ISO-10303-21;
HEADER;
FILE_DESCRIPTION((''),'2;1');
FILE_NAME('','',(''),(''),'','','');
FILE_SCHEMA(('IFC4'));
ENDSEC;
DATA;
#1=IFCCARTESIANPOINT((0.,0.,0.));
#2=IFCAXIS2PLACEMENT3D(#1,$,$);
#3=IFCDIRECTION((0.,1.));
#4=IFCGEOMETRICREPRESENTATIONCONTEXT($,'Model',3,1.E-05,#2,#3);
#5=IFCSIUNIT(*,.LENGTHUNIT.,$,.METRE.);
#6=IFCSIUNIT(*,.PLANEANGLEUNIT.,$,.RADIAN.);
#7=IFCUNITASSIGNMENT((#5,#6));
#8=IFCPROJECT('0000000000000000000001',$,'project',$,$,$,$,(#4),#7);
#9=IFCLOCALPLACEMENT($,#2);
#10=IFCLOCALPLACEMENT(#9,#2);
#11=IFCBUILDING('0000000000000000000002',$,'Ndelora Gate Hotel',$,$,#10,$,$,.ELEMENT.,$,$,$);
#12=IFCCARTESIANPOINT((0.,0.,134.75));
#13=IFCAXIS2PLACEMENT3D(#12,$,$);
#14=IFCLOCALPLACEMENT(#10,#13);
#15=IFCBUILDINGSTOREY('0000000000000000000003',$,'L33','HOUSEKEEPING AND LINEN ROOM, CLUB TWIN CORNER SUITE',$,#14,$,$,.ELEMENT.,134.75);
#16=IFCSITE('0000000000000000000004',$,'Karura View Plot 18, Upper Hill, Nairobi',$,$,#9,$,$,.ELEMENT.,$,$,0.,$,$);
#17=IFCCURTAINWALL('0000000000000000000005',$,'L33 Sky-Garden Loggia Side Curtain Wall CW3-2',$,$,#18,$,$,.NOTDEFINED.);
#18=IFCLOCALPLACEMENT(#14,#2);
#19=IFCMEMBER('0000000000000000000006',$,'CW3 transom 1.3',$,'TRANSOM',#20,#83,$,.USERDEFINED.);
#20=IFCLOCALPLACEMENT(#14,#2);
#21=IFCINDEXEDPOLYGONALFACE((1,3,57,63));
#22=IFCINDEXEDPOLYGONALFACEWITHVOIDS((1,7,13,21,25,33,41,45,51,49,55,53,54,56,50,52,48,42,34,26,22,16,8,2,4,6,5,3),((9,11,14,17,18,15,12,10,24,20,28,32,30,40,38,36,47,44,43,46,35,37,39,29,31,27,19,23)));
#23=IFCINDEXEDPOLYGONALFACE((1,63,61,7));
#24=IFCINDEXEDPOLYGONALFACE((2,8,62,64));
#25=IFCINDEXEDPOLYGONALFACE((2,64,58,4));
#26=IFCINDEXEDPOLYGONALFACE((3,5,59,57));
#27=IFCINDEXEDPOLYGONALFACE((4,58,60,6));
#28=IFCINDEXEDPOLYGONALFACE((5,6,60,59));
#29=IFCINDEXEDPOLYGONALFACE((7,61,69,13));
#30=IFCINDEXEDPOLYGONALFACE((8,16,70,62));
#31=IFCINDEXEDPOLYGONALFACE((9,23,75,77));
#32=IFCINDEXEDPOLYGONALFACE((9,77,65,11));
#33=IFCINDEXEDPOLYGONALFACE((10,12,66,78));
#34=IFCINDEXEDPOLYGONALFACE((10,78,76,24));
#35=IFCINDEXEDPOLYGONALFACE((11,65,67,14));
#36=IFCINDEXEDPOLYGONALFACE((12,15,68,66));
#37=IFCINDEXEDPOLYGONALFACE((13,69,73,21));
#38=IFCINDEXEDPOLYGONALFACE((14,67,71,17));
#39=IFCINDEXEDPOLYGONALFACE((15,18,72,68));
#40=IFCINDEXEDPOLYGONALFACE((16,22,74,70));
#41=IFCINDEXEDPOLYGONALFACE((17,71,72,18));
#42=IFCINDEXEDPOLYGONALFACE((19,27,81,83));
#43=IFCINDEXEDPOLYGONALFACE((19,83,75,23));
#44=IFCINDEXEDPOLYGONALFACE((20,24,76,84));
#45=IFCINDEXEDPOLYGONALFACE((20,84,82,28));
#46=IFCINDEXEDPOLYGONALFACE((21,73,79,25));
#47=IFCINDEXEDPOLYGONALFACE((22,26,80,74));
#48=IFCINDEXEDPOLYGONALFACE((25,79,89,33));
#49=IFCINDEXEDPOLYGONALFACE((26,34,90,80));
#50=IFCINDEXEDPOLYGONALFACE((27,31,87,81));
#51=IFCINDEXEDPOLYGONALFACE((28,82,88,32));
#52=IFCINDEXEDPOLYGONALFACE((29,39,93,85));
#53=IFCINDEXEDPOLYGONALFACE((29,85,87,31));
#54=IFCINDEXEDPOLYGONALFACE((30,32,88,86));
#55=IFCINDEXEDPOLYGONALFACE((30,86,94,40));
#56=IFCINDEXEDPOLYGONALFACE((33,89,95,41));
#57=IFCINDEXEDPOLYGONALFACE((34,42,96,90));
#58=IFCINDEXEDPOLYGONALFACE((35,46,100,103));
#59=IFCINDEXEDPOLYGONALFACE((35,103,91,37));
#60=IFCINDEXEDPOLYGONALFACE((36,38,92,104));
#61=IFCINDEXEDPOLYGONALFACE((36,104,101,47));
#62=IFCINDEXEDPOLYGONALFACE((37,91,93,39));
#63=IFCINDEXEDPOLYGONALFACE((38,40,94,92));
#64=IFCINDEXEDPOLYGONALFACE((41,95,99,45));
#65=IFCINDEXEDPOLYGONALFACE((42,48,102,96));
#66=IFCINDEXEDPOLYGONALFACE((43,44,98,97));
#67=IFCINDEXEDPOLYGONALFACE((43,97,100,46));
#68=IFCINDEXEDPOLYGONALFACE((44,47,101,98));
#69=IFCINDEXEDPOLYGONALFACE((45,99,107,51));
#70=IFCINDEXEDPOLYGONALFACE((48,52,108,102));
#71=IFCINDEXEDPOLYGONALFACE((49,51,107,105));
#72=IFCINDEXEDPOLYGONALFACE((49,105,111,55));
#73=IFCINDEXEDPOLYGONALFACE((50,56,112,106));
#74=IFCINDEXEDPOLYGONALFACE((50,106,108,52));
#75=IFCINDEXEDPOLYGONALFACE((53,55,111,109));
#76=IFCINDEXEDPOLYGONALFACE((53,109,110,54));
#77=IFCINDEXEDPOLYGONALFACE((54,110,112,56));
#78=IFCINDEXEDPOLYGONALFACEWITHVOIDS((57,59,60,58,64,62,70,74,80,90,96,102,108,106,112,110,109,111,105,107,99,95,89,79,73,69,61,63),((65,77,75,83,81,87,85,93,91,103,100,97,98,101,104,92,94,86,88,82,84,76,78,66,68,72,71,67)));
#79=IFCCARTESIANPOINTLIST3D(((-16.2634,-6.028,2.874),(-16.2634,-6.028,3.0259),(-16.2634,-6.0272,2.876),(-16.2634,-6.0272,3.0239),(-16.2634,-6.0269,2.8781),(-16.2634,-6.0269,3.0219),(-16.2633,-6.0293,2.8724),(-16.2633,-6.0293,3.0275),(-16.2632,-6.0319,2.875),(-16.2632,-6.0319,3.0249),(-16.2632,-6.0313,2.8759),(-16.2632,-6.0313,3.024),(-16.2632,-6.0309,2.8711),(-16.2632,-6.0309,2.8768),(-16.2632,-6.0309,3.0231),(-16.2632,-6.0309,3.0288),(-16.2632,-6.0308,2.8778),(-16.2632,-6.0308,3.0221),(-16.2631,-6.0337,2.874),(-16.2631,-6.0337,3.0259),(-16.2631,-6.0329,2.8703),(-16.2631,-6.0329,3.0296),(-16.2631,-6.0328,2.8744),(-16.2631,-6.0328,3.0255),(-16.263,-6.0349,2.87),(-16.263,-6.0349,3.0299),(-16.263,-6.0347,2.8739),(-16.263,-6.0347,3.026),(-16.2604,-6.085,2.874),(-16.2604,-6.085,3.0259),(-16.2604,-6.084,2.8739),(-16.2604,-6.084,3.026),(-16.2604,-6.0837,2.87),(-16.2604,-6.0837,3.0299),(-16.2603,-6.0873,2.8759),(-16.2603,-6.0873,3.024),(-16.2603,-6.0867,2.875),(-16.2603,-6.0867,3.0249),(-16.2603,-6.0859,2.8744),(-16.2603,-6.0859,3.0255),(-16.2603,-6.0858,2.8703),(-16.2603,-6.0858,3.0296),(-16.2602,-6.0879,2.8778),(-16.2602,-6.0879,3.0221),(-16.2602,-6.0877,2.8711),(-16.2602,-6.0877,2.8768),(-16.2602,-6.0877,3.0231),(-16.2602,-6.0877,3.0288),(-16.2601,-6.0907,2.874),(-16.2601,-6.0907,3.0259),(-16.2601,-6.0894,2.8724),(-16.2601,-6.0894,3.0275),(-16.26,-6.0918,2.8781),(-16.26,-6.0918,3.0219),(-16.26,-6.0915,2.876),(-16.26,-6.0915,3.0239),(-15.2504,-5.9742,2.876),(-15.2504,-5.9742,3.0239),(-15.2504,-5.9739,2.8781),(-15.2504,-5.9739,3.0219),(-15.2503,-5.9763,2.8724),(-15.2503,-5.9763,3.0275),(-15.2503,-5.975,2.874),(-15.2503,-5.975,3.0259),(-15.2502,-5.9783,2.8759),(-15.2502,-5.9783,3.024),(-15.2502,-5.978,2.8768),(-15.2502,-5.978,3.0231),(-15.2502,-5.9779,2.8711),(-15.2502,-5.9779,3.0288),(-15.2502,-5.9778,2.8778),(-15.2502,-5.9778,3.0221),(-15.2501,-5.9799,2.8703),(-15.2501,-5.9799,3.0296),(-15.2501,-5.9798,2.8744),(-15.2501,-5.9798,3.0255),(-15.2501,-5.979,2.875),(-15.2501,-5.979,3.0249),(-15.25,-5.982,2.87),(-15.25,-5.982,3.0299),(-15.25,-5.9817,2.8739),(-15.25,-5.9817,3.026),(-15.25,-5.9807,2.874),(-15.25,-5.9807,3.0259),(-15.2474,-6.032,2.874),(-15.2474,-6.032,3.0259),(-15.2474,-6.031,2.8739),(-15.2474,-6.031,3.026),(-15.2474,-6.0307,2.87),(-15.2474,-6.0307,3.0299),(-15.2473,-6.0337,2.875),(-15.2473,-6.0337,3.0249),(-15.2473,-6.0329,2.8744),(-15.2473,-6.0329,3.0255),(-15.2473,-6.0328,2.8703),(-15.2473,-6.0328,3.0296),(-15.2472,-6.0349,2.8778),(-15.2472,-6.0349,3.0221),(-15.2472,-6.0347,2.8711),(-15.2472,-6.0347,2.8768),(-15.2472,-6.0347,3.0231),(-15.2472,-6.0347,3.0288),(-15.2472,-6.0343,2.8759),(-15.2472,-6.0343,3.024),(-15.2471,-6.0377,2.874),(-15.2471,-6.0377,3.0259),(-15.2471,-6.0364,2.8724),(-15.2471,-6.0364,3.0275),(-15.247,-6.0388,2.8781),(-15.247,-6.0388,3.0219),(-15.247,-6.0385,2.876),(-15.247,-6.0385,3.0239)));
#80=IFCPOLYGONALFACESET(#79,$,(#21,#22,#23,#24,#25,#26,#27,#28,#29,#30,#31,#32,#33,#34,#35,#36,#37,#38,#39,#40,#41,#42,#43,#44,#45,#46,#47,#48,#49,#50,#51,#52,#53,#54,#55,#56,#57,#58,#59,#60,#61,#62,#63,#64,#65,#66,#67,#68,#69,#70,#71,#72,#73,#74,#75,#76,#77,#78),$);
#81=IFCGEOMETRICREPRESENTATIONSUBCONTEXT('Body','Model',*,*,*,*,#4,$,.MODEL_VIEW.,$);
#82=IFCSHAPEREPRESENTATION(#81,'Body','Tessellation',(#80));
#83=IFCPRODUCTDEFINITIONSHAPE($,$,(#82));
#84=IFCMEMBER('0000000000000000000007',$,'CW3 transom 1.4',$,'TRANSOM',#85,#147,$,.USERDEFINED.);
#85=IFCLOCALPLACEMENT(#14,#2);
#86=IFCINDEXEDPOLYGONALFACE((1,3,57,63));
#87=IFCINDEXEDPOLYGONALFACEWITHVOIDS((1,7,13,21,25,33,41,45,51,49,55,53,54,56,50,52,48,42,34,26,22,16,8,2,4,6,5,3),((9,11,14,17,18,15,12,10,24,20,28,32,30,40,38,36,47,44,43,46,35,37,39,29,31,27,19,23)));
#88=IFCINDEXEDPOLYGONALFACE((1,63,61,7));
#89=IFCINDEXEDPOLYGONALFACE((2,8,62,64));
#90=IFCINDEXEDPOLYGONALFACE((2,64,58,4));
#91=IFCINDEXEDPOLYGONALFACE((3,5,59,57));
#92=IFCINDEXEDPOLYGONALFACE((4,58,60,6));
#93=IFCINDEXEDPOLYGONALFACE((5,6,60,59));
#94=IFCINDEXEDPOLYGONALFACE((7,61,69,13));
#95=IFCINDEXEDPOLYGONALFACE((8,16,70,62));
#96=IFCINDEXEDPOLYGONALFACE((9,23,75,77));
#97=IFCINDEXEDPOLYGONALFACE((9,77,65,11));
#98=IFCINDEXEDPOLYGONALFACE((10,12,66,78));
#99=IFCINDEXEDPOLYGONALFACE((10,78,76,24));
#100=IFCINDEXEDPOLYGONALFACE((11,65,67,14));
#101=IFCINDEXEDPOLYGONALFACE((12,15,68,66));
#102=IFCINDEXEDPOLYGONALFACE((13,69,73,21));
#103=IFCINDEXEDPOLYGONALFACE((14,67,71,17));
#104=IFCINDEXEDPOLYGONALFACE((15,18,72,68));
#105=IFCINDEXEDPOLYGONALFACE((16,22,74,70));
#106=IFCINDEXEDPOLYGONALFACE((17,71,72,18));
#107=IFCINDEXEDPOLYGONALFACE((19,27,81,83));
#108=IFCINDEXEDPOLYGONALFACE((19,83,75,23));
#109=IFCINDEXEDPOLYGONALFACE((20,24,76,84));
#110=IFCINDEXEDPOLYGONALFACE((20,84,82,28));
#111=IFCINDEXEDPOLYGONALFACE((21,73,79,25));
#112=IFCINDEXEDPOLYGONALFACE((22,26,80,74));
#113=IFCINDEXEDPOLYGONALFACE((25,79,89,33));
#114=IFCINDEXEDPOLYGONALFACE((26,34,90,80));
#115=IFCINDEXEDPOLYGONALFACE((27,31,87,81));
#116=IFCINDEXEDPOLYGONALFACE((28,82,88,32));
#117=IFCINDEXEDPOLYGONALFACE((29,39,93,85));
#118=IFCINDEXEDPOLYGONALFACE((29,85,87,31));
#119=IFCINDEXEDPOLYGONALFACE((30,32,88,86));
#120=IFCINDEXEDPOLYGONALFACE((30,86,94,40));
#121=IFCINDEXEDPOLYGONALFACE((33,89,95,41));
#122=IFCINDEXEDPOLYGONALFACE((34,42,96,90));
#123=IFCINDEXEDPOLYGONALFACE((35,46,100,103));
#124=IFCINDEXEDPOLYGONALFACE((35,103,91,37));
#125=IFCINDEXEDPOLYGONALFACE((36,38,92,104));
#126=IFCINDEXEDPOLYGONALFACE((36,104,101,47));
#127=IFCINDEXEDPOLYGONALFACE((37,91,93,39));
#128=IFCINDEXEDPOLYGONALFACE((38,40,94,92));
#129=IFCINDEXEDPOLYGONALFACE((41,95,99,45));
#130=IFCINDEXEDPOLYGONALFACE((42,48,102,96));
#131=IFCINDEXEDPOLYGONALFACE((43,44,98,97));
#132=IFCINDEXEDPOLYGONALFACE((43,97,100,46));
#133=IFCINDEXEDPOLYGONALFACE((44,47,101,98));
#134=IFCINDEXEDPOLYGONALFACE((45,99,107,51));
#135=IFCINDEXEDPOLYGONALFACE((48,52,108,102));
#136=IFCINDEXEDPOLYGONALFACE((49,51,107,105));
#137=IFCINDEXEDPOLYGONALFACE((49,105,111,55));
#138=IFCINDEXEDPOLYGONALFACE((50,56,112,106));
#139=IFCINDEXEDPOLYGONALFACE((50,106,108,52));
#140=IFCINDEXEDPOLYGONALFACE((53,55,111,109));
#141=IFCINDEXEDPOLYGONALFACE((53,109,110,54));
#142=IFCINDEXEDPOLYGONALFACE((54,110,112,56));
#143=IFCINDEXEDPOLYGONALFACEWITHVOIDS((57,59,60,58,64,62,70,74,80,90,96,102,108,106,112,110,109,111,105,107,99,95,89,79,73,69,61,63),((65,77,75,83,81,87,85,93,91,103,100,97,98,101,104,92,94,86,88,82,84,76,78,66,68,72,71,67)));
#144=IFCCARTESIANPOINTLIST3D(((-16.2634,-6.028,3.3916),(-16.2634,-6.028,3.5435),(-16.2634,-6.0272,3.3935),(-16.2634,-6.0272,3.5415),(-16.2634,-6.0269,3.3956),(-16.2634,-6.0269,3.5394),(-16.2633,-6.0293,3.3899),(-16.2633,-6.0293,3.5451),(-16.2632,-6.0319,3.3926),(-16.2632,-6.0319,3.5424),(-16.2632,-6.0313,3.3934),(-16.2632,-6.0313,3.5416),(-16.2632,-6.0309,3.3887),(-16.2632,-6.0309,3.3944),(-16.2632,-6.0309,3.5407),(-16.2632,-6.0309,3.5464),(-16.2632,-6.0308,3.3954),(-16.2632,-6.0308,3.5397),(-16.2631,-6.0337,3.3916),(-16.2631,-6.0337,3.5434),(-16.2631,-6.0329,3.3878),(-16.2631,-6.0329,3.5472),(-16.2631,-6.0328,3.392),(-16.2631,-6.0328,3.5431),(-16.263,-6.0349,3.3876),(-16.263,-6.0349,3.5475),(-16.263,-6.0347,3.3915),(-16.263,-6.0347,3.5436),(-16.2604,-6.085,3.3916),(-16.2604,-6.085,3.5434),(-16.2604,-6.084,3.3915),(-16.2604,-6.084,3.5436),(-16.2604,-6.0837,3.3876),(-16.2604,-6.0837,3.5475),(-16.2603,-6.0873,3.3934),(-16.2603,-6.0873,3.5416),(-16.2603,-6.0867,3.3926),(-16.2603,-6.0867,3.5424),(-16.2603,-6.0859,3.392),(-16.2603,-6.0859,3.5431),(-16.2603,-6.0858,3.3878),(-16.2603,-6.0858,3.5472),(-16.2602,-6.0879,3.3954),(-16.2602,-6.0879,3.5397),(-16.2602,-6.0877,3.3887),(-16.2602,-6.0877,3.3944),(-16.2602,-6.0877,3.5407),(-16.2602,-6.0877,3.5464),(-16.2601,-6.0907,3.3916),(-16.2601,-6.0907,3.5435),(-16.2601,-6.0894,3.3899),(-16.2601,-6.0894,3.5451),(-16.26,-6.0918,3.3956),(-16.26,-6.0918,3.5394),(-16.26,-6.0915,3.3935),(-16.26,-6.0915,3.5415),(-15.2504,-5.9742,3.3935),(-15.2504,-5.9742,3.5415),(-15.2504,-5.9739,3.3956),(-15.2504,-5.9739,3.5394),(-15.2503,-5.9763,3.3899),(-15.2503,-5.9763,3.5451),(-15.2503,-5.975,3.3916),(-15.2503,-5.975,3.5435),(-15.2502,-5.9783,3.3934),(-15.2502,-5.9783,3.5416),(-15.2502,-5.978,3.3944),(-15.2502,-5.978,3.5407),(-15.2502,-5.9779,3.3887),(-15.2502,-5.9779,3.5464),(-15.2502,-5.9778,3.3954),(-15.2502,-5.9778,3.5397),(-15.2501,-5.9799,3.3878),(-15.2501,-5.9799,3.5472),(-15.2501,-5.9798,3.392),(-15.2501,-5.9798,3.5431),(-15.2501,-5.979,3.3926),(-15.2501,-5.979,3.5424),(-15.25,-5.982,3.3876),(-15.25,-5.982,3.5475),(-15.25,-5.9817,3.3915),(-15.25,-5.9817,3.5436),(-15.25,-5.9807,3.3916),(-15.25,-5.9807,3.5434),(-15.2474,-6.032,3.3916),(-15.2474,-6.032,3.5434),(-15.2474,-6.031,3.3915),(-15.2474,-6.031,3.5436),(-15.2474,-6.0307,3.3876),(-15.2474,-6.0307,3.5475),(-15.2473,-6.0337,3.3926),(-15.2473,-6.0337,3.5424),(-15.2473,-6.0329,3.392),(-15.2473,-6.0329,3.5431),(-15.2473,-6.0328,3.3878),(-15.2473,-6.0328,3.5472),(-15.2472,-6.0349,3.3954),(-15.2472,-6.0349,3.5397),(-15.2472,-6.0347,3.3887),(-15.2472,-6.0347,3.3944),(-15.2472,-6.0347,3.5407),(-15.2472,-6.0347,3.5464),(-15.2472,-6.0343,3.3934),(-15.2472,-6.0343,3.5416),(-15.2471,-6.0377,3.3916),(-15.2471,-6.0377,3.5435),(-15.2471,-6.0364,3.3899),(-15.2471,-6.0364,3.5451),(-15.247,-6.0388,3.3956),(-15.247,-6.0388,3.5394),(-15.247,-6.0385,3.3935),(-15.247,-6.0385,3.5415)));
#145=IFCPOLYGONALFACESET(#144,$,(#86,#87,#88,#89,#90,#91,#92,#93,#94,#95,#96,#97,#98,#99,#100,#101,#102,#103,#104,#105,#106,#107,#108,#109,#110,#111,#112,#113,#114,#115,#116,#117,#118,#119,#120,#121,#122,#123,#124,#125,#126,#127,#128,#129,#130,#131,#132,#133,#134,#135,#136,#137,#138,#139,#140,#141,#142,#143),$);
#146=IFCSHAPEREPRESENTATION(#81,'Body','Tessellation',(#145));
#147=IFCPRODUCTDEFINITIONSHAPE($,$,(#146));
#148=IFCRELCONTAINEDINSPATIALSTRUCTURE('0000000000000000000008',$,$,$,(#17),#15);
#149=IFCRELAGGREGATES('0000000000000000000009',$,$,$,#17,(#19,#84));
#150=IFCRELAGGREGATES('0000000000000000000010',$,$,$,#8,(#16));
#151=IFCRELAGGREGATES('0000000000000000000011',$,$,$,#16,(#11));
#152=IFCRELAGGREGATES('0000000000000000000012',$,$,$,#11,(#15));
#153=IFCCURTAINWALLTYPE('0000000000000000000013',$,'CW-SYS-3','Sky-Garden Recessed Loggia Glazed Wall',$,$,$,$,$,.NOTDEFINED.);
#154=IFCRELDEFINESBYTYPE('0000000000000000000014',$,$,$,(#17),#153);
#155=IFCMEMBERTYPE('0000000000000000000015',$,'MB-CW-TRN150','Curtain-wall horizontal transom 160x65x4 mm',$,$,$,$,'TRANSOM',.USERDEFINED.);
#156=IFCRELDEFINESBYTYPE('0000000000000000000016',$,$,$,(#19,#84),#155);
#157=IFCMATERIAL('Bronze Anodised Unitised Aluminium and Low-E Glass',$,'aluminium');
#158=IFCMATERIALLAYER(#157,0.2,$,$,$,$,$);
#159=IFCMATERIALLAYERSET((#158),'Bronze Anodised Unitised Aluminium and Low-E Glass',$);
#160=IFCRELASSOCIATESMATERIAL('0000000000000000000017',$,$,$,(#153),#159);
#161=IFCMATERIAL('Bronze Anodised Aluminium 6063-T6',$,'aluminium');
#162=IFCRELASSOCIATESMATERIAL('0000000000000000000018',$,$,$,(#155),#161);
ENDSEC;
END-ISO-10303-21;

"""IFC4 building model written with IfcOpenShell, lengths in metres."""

from ifc_helpers import new_model, si_unit, direction, frame, origin, origin_2d, place, context, subcontext, project, spatial, hollow_rectangle, extrude, material, layer, layer_set, material_profile, profile_set, type_object, element, aggregate, save


model = new_model("IFC4")

# Units and contexts
model_context = context("Model", 3, precision=1e-05, world=origin(), true_north=direction((0.0, 1.0)))
body_context = subcontext(model_context, "Body", "Model", "MODEL_VIEW")
ifc_project = project(units=[si_unit("LENGTHUNIT", "METRE"), si_unit("PLANEANGLEUNIT", "RADIAN")], contexts=[model_context])

# Site, building, storey
site_placement = place(None, origin())
site = spatial("IfcSite", under=ifc_project, at=site_placement, Name="Karura View Plot 18, Upper Hill, Nairobi", CompositionType="ELEMENT", RefElevation=0.0)
building_placement = place(site_placement, origin())
building = spatial("IfcBuilding", under=site, at=building_placement, Name="Ndelora Gate Hotel", CompositionType="ELEMENT")
storey_placement = place(building_placement, frame((0.0, 0.0, 134.75)))
storey = spatial("IfcBuildingStorey", under=building, at=storey_placement, Name="L33", Description="HOUSEKEEPING AND LINEN ROOM, CLUB TWIN CORNER SUITE", CompositionType="ELEMENT", Elevation=134.75)

# Curtain wall, members
ifc_material_1 = material(Name="Bronze Anodised Unitised Aluminium and Low-E Glass", Category="aluminium")
ifc_layer_1 = layer(ifc_material_1, 0.2)
ifc_layer_set_1 = layer_set([ifc_layer_1], Name="Bronze Anodised Unitised Aluminium and Low-E Glass")
curtain_wall_type = type_object("IfcCurtainWallType", Name="CW-SYS-3", Description="Sky-Garden Recessed Loggia Glazed Wall", PredefinedType="NOTDEFINED", material=ifc_layer_set_1)
curtain_wall_placement = place(storey_placement, origin())
curtain_wall = element("IfcCurtainWall", 1, at=curtain_wall_placement, inside=storey, type_object=curtain_wall_type, Name="L33 Sky-Garden Loggia Side Curtain Wall CW3-2", PredefinedType="NOTDEFINED")
ifc_material_2 = material(Name="Bronze Anodised Aluminium 6063-T6", Category="aluminium")
ifc_material_profile_1 = material_profile(ifc_material_2, hollow_rectangle(XDim=0.0649, YDim=0.1599, WallThickness=0.0039, InnerFilletRadius=0.0039, OuterFilletRadius=0.0081, at=origin_2d()), Name="ALU 160x65x4")
ifc_profile_set_1 = profile_set([ifc_material_profile_1], Name="Bronze Anodised Aluminium 6063-T6")
member_type_1 = type_object("IfcMemberType", Name="MB-CW-TRN150", Description="Curtain-wall horizontal transom 160x65x4 mm", ElementType="TRANSOM", PredefinedType="USERDEFINED", material=ifc_profile_set_1)
member_1_placement = place(storey_placement, frame((-16.2617, -6.0593, 2.95), z_axis=(0.998635, 0.05223, 0.0), x_axis=(-0.05223, 0.998635, 0.0)))
member_1 = element("IfcMember", 2, at=member_1_placement, type_object=member_type_1, Name="CW3 transom 1.3", ObjectType="TRANSOM", PredefinedType="USERDEFINED", context=body_context, shape_type="SweptSolid", body=[
    extrude(hollow_rectangle(XDim=0.0649, YDim=0.1599, WallThickness=0.0039, InnerFilletRadius=0.0039, OuterFilletRadius=0.0081, at=origin_2d()), origin(), (0.0, 0.0, 1.0), 1.0144),
])
member_2_placement = place(storey_placement, frame((-16.2617, -6.0593, 3.4675), z_axis=(0.998635, 0.05223, 0.0), x_axis=(-0.05223, 0.998635, 0.0)))
member_2 = element("IfcMember", 3, at=member_2_placement, type_object=member_type_1, Name="CW3 transom 1.4", ObjectType="TRANSOM", PredefinedType="USERDEFINED", context=body_context, shape_type="SweptSolid", body=[
    extrude(hollow_rectangle(XDim=0.0649, YDim=0.1599, WallThickness=0.0039, InnerFilletRadius=0.0039, OuterFilletRadius=0.0081, at=origin_2d()), origin(), (0.0, 0.0, 1.0), 1.0144),
])
aggregate(curtain_wall, [member_1, member_2])

save(model, "model.ifc")
